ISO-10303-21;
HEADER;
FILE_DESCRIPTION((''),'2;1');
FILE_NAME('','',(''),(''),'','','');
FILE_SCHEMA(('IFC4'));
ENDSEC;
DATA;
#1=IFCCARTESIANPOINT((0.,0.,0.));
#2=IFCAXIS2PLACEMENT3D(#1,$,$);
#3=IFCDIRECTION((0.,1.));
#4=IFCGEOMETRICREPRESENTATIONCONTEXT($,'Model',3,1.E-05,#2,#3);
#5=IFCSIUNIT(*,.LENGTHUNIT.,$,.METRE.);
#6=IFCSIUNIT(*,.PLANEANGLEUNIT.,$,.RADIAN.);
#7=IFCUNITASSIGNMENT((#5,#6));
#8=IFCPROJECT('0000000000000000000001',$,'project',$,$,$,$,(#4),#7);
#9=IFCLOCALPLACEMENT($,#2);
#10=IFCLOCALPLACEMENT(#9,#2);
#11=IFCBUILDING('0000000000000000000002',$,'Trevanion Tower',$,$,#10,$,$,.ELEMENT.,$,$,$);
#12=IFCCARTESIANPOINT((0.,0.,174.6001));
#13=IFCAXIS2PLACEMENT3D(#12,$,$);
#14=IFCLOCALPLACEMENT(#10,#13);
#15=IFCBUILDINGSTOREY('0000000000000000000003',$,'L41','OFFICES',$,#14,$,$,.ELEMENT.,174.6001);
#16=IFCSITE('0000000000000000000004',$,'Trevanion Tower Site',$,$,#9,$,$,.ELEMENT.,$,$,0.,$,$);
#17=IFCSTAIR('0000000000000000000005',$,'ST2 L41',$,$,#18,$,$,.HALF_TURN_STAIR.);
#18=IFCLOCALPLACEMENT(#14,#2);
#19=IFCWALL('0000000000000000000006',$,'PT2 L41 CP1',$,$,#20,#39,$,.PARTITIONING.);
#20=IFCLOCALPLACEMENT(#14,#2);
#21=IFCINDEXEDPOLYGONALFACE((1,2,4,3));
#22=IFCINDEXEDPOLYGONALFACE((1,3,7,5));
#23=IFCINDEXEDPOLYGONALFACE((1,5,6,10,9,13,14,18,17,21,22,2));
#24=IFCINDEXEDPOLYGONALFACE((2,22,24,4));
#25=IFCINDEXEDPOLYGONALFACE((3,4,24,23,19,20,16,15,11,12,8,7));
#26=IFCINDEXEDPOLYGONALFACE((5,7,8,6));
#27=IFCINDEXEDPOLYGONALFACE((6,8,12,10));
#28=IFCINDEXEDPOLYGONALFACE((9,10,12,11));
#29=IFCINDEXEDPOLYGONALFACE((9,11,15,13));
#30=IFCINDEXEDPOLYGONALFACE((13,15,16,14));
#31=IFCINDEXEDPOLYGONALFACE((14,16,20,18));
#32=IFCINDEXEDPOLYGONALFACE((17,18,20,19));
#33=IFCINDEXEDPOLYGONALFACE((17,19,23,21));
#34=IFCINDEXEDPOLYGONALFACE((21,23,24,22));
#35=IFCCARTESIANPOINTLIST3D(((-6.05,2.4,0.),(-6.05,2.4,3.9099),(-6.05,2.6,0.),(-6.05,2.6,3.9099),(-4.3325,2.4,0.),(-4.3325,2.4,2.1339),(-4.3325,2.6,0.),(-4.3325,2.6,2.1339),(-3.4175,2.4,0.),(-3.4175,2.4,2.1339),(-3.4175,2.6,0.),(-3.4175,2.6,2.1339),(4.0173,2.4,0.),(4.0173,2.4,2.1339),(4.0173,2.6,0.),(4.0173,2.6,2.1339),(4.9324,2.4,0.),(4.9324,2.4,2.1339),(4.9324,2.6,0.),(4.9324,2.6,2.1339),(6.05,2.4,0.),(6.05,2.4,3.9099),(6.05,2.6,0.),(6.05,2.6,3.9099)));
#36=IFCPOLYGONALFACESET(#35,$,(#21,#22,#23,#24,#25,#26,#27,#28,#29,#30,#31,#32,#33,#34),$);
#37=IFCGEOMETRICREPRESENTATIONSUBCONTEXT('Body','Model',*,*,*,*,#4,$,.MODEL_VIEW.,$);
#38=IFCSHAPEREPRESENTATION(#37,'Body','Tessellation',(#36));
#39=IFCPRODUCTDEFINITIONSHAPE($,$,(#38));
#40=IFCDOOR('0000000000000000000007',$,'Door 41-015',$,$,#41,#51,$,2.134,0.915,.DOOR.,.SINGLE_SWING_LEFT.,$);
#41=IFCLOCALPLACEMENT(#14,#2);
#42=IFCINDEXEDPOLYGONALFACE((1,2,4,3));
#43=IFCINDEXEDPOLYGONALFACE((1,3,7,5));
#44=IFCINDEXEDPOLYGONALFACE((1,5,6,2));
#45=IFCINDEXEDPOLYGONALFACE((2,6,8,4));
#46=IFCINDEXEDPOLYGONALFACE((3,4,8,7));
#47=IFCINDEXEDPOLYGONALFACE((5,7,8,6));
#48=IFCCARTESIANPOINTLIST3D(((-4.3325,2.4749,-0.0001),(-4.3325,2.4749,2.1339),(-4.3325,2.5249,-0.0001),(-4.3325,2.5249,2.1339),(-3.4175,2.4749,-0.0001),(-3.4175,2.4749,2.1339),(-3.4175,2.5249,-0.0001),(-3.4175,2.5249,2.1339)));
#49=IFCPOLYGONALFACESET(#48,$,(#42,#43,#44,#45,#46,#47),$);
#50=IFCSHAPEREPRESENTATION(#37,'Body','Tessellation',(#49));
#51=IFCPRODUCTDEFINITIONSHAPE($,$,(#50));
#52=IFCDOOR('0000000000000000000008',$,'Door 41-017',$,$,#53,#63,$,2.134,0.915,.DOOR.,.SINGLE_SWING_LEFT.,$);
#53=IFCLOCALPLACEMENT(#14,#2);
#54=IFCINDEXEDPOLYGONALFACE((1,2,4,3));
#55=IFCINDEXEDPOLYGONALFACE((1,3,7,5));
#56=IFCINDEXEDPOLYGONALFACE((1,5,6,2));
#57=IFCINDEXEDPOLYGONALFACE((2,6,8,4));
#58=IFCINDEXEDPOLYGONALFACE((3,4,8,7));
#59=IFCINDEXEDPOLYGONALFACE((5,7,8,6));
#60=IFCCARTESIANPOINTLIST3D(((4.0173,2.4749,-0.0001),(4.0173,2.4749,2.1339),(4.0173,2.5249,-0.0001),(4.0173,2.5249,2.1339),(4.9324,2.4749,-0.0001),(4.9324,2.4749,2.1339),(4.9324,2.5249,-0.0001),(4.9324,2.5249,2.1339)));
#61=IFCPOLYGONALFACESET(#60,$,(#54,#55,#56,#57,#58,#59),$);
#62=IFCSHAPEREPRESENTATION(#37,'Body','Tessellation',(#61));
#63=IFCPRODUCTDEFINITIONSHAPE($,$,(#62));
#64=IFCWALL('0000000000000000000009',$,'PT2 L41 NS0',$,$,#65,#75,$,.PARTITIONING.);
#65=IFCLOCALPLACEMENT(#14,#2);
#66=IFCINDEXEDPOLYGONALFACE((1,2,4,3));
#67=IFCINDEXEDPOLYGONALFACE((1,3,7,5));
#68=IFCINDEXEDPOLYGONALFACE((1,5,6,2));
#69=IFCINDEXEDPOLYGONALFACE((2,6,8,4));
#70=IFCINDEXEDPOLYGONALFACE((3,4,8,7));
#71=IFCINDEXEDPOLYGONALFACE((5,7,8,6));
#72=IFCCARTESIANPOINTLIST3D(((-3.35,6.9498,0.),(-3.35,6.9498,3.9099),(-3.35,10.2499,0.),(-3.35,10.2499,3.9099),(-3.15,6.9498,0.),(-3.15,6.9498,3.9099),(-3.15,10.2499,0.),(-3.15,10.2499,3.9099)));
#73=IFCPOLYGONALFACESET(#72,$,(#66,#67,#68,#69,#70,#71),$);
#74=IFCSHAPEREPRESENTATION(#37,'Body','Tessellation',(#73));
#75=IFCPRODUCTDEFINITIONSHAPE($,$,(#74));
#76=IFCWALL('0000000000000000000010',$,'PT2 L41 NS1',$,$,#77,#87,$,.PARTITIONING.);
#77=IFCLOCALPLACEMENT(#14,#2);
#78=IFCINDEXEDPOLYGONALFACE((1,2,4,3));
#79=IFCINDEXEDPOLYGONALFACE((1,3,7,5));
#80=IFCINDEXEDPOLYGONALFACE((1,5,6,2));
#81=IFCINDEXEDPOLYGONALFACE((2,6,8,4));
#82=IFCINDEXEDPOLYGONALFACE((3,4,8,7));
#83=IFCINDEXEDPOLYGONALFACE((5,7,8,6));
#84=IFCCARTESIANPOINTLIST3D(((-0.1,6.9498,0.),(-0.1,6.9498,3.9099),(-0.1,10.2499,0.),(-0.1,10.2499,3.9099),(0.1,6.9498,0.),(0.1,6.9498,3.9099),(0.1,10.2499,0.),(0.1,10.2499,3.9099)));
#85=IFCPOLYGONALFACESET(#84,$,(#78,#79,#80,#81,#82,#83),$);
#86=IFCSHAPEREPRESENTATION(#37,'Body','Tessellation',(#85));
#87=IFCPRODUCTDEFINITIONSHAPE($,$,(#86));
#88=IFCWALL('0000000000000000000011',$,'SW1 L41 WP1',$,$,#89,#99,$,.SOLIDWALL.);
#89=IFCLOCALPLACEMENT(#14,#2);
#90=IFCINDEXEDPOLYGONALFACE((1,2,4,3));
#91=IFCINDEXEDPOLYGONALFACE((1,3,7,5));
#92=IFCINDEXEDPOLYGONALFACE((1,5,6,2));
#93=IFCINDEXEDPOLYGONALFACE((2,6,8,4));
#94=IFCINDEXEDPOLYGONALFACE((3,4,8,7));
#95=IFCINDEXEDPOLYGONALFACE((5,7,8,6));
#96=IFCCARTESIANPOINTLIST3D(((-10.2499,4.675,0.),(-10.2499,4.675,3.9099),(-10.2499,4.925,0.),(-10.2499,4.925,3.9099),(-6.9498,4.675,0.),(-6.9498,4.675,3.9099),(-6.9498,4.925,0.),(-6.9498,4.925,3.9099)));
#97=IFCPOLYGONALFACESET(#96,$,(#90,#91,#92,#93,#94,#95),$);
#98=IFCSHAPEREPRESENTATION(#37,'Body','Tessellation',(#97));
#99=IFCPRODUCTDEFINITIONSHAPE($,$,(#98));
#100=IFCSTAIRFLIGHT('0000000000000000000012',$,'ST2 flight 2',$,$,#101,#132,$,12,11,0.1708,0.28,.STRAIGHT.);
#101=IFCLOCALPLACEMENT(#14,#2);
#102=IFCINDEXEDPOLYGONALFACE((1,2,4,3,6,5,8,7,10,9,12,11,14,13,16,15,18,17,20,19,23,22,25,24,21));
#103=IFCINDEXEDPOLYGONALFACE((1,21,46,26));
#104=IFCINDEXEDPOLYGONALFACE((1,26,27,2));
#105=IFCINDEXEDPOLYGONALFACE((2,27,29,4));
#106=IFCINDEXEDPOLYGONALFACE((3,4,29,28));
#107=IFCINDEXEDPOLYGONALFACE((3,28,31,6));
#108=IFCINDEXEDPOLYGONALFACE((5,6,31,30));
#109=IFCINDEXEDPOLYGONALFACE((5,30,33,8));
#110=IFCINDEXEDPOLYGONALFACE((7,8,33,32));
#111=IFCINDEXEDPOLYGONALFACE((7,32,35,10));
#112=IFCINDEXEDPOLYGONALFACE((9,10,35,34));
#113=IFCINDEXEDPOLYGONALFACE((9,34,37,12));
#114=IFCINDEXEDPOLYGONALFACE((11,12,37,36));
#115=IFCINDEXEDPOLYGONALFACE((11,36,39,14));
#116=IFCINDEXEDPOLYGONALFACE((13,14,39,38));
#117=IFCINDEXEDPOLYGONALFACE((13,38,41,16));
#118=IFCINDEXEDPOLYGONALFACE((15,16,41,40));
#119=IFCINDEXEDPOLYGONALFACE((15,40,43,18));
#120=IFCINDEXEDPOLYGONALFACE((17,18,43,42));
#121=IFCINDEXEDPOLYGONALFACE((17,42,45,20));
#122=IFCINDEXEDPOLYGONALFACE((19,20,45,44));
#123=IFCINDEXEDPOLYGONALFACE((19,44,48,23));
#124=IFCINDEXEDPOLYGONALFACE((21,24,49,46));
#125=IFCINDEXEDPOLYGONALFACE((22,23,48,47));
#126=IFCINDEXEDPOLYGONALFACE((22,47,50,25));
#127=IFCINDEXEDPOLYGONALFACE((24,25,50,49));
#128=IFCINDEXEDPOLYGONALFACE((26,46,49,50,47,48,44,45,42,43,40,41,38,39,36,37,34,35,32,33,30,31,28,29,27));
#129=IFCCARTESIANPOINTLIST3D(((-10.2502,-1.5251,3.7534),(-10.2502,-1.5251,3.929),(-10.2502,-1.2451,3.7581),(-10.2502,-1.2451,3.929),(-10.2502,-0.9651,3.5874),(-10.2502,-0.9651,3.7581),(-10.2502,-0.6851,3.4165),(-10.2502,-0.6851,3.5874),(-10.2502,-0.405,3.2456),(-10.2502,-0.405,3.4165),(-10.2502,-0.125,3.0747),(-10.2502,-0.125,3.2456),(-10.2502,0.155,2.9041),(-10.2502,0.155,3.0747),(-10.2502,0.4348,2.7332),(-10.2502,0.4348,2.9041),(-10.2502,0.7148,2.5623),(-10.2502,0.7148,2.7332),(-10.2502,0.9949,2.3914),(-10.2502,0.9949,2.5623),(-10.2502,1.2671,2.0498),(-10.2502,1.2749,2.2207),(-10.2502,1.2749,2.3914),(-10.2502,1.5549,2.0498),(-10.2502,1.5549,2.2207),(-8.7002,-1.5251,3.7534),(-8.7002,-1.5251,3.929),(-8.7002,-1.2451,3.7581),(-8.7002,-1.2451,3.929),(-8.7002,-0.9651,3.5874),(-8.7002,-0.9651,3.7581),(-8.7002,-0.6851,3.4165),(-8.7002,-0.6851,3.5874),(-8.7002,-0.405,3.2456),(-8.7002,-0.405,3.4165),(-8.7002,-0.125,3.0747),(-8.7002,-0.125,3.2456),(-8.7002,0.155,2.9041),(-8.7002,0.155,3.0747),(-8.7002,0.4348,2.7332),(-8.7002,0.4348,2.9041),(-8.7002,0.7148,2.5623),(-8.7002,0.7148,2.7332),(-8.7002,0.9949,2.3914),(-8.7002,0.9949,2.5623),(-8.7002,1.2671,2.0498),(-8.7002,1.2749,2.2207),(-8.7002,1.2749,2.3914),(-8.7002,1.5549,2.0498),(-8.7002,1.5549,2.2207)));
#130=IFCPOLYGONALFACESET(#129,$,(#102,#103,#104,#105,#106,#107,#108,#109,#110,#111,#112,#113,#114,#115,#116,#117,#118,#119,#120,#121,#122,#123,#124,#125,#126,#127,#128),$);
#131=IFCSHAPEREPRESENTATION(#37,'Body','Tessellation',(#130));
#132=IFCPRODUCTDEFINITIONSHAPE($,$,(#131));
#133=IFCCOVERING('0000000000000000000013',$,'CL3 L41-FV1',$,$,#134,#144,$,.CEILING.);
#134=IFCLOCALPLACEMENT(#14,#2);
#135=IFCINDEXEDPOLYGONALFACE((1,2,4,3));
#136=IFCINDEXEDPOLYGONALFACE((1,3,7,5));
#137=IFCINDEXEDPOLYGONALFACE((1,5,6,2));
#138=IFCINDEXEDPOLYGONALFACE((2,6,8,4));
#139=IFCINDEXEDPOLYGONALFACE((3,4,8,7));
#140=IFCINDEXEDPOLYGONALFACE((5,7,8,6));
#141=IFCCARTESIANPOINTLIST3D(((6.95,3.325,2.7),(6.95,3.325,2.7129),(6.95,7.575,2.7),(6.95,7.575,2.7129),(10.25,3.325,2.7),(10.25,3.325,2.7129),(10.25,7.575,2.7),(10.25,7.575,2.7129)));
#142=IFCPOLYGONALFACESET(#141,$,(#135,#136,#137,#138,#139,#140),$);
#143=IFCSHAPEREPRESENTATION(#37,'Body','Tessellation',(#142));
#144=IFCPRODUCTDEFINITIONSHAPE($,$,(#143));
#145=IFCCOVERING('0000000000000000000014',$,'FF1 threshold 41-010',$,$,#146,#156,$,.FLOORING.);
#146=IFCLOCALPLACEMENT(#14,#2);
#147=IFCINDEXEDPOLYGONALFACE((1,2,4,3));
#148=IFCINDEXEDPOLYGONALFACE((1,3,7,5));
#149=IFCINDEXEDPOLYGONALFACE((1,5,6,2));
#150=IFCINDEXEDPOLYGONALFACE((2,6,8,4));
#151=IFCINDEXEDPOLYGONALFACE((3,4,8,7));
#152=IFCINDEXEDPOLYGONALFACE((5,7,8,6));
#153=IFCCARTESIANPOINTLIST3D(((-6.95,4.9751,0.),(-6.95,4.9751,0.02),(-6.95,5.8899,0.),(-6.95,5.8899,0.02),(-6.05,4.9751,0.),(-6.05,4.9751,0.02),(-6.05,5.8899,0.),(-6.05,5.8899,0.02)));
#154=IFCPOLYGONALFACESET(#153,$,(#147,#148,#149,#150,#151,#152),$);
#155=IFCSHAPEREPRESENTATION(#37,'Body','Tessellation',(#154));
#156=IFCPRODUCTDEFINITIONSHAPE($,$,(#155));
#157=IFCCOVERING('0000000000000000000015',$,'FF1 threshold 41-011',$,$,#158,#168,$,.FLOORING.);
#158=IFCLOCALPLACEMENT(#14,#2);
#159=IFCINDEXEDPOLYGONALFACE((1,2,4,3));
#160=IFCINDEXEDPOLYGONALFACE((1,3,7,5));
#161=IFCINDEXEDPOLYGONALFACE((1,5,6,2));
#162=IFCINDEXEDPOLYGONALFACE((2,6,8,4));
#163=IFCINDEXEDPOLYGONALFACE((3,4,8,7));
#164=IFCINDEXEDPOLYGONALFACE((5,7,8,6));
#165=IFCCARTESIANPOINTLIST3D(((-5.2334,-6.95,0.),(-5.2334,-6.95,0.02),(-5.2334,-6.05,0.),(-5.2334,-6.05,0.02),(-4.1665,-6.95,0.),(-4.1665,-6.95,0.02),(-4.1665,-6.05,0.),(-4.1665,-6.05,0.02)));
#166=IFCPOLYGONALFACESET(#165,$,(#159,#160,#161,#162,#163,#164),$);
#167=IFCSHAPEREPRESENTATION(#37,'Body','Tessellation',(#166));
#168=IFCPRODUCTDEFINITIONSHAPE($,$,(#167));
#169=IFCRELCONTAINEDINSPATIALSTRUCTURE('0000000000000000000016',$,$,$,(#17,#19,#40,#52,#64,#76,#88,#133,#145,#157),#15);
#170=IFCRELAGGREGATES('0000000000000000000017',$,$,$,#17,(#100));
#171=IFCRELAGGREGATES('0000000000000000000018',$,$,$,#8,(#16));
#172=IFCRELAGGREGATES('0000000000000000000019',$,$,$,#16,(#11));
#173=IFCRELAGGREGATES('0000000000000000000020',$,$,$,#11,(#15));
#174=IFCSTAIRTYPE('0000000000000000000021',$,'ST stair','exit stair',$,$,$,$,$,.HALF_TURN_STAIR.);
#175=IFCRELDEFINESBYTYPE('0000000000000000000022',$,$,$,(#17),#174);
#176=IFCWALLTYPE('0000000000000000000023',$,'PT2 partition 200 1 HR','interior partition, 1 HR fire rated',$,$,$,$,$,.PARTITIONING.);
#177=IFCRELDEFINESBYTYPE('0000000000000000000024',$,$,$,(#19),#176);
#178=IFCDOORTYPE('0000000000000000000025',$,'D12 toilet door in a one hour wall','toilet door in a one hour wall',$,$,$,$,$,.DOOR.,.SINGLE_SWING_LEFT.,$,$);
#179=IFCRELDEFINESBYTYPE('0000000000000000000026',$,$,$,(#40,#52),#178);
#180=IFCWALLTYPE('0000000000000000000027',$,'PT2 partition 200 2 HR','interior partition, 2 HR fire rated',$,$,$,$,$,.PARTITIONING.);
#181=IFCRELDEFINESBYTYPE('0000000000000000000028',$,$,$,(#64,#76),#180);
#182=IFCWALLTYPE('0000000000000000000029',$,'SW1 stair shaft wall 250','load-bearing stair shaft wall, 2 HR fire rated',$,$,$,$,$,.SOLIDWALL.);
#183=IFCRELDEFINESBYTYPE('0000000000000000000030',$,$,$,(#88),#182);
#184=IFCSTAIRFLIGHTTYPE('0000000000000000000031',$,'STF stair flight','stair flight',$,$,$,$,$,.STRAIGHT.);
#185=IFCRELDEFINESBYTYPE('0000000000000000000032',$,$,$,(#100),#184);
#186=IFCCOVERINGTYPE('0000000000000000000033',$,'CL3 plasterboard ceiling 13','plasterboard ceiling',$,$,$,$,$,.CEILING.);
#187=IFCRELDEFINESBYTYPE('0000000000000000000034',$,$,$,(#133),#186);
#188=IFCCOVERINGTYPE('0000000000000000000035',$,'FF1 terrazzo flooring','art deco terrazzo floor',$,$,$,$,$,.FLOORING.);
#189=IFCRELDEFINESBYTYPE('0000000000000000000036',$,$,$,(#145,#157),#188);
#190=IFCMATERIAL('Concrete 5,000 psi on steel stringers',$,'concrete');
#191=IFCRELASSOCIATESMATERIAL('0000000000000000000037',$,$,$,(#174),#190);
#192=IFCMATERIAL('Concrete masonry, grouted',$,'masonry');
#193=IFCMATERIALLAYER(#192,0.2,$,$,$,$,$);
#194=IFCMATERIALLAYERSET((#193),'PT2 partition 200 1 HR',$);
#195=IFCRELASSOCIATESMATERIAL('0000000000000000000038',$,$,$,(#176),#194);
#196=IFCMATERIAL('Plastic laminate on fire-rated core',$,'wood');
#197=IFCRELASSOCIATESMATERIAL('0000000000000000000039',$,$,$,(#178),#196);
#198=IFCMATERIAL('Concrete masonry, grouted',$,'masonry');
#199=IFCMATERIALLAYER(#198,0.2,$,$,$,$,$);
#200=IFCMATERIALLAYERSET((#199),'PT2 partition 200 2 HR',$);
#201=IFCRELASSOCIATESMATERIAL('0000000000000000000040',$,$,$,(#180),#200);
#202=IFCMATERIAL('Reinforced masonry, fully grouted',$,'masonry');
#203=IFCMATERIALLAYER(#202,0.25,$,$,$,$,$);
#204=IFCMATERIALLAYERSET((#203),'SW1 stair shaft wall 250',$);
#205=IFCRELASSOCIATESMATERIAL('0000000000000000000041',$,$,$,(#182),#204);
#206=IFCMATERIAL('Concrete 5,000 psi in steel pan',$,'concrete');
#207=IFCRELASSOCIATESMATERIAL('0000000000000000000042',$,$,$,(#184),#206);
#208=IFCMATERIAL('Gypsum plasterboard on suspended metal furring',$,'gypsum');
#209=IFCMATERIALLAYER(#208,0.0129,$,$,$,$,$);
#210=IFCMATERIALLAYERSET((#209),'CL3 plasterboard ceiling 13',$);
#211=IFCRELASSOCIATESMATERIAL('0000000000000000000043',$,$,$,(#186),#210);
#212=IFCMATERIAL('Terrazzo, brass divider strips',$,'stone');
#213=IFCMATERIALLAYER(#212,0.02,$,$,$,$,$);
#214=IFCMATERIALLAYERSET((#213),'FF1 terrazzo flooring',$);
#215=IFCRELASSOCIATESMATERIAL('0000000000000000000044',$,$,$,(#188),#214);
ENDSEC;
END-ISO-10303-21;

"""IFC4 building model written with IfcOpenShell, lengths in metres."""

from ifc_helpers import new_model, si_unit, direction, frame, frame_2d, origin, place, context, subcontext, project, spatial, polyline, rectangle, outline, extrude, material, layer, layer_set, type_object, element, fill, aggregate, save


model = new_model("IFC4")

# Units and contexts
model_context = context("Model", 3, precision=1e-05, world=origin(), true_north=direction((0.0, 1.0)))
body_context = subcontext(model_context, "Body", "Model", "MODEL_VIEW")
ifc_project = project(units=[si_unit("LENGTHUNIT", "METRE"), si_unit("PLANEANGLEUNIT", "RADIAN")], contexts=[model_context])

# Site, building, storey
site_placement = place(None, origin())
site = spatial("IfcSite", under=ifc_project, at=site_placement, Name="Trevanion Tower Site", CompositionType="ELEMENT", RefElevation=0.0)
building_placement = place(site_placement, origin())
building = spatial("IfcBuilding", under=site, at=building_placement, Name="Trevanion Tower", CompositionType="ELEMENT")
storey_placement = place(building_placement, frame((0.0, 0.0, 174.6001)))
storey = spatial("IfcBuildingStorey", under=building, at=storey_placement, Name="L41", Description="OFFICES", CompositionType="ELEMENT", Elevation=174.6001)

# Stair
ifc_material_1 = material(Name="Concrete 5,000 psi on steel stringers", Category="concrete")
stair_type = type_object("IfcStairType", Name="ST stair", Description="exit stair", PredefinedType="HALF_TURN_STAIR", material=ifc_material_1)
stair_1_placement = place(storey_placement, origin())
stair_1 = element("IfcStair", 1, at=stair_1_placement, inside=storey, type_object=stair_type, Name="ST2 L41", PredefinedType="HALF_TURN_STAIR")

# Wall, openings, doors
ifc_material_2 = material(Name="Concrete masonry, grouted", Category="masonry")
ifc_layer_1 = layer(ifc_material_2, 0.2)
ifc_layer_set_1 = layer_set([ifc_layer_1], Name="PT2 partition 200 1 HR")
wall_type_1 = type_object("IfcWallType", Name="PT2 partition 200 1 HR", Description="interior partition, 1 HR fire rated", PredefinedType="PARTITIONING", material=ifc_layer_set_1)
wall_1_placement = place(storey_placement, frame((-6.05, 2.5, 0.0), z_axis=(0.0, 0.0, 1.0), x_axis=(1.0, 0.0, 0.0)))
wall_1 = element("IfcWall", 2, at=wall_1_placement, inside=storey, type_object=wall_type_1, Name="PT2 L41 CP1", PredefinedType="PARTITIONING", context=body_context, shape_type="SweptSolid", body=[
    extrude(rectangle(XDim=12.1001, YDim=0.2, at=frame_2d((6.05, 0.0))), origin(), (0.0, 0.0, 1.0), 3.9099),
])
opening_1_placement = place(wall_1_placement, frame((1.7175, 0.0, 0.0)))
opening_1 = element("IfcOpeningElement", 3, at=opening_1_placement, cuts=wall_1, PredefinedType="OPENING", context=body_context, shape_type="SweptSolid", body=[
    extrude(rectangle(XDim=0.915, YDim=2.134, at=frame_2d((0.4575, 1.0669))), frame((0.0, 0.1099, 0.0), z_axis=(0.0, -1.0, 0.0), x_axis=(1.0, 0.0, 0.0)), (0.0, 0.0, 1.0), 0.22),
])
opening_2_placement = place(wall_1_placement, frame((10.0674, 0.0, 0.0)))
opening_2 = element("IfcOpeningElement", 4, at=opening_2_placement, cuts=wall_1, PredefinedType="OPENING", context=body_context, shape_type="SweptSolid", body=[
    extrude(rectangle(XDim=0.915, YDim=2.134, at=frame_2d((0.4575, 1.0669))), frame((0.0, 0.1099, 0.0), z_axis=(0.0, -1.0, 0.0), x_axis=(1.0, 0.0, 0.0)), (0.0, 0.0, 1.0), 0.22),
])
ifc_material_3 = material(Name="Plastic laminate on fire-rated core", Category="wood")
door_type_1 = type_object("IfcDoorType", Name="D12 toilet door in a one hour wall", Description="toilet door in a one hour wall", OperationType="SINGLE_SWING_LEFT", PredefinedType="DOOR", material=ifc_material_3)
door_1_placement = place(opening_1_placement, origin())
door_1 = element("IfcDoor", 5, at=door_1_placement, inside=storey, type_object=door_type_1, Name="Door 41-015", OperationType="SINGLE_SWING_LEFT", OverallHeight=2.134, OverallWidth=0.915, PredefinedType="DOOR", context=body_context, shape_type="SweptSolid", body=[
    extrude(rectangle(XDim=0.915, YDim=2.134, at=frame_2d((0.4575, 1.0669))), frame((0.0, 0.0249, 0.0), z_axis=(0.0, -1.0, 0.0), x_axis=(1.0, 0.0, 0.0)), (0.0, 0.0, 1.0), 0.05),
])
fill(opening_1, door_1)
door_2_placement = place(opening_2_placement, origin())
door_2 = element("IfcDoor", 6, at=door_2_placement, inside=storey, type_object=door_type_1, Name="Door 41-017", OperationType="SINGLE_SWING_LEFT", OverallHeight=2.134, OverallWidth=0.915, PredefinedType="DOOR", context=body_context, shape_type="SweptSolid", body=[
    extrude(rectangle(XDim=0.915, YDim=2.134, at=frame_2d((0.4575, 1.0669))), frame((0.0, 0.0249, 0.0), z_axis=(0.0, -1.0, 0.0), x_axis=(1.0, 0.0, 0.0)), (0.0, 0.0, 1.0), 0.05),
])
fill(opening_2, door_2)

# Walls
ifc_material_4 = material(Name="Concrete masonry, grouted", Category="masonry")
ifc_layer_2 = layer(ifc_material_4, 0.2)
ifc_layer_set_2 = layer_set([ifc_layer_2], Name="PT2 partition 200 2 HR")
wall_type_2 = type_object("IfcWallType", Name="PT2 partition 200 2 HR", Description="interior partition, 2 HR fire rated", PredefinedType="PARTITIONING", material=ifc_layer_set_2)
for number, where, z_axis, x_axis, name in (
    (7, (-3.25, 6.95, 0.0), (0.0, 0.0, 1.0), (0.0, 1.0, 0.0), "PT2 L41 NS0"),
    (8, (0.0, 6.95, 0.0), (0.0, 0.0, 1.0), (0.0, 1.0, 0.0), "PT2 L41 NS1"),
):
    element("IfcWall", number, at=place(storey_placement, frame(where, z_axis=z_axis, x_axis=x_axis)), inside=storey, type_object=wall_type_2, Name=name, PredefinedType="PARTITIONING", context=body_context, shape_type="SweptSolid", body=[
        extrude(rectangle(XDim=3.3, YDim=0.2, at=frame_2d((1.6499, 0.0))), origin(), (0.0, 0.0, 1.0), 3.9099),
    ])
ifc_material_5 = material(Name="Reinforced masonry, fully grouted", Category="masonry")
ifc_layer_3 = layer(ifc_material_5, 0.25)
ifc_layer_set_3 = layer_set([ifc_layer_3], Name="SW1 stair shaft wall 250")
wall_type_3 = type_object("IfcWallType", Name="SW1 stair shaft wall 250", Description="load-bearing stair shaft wall, 2 HR fire rated", PredefinedType="SOLIDWALL", material=ifc_layer_set_3)
wall_2_placement = place(storey_placement, frame((-6.95, 4.8, 0.0), z_axis=(0.0, 0.0, 1.0), x_axis=(-1.0, 0.0, 0.0)))
element("IfcWall", 9, at=wall_2_placement, inside=storey, type_object=wall_type_3, Name="SW1 L41 WP1", PredefinedType="SOLIDWALL", context=body_context, shape_type="SweptSolid", body=[
    extrude(rectangle(XDim=3.3, YDim=0.25, at=frame_2d((1.6499, 0.0))), origin(), (0.0, 0.0, 1.0), 3.9099),
])

# Stair flight
ifc_material_6 = material(Name="Concrete 5,000 psi in steel pan", Category="concrete")
stair_flight_type = type_object("IfcStairFlightType", Name="STF stair flight", Description="stair flight", PredefinedType="STRAIGHT", material=ifc_material_6)
stair_flight_placement = place(storey_placement, frame((-9.4751, 1.5549, 2.0498), z_axis=(0.0, 0.0, 1.0), x_axis=(0.0, -1.0, 0.0)))
stair_flight = element("IfcStairFlight", 10, at=stair_flight_placement, type_object=stair_flight_type, Name="ST2 flight 2", NumberOfRisers=12, NumberOfTreads=11, PredefinedType="STRAIGHT", RiserHeight=0.1708, TreadLength=0.28, context=body_context, shape_type="SweptSolid", body=[
    extrude(outline(polyline([(0.0, 0.0), (0.0, 0.1709), (0.28, 0.1709), (0.28, 0.3416), (0.5601, 0.3416), (0.5601, 0.5125), (0.8401, 0.5125), (0.8401, 0.6833), (1.1201, 0.6833), (1.1201, 0.8542), (1.3999, 0.8542), (1.3999, 1.0249), (1.6799, 1.0249), (1.6799, 1.1958), (1.96, 1.1958), (1.96, 1.3667), (2.24, 1.3667), (2.24, 1.5376), (2.52, 1.5376), (2.52, 1.7083), (2.8, 1.7083), (2.8, 1.8792), (3.0801, 1.8792), (3.0801, 2.05), (3.0801, 1.7036), (0.2878, 0.0), (0.0, 0.0)])), frame((0.0, 0.7749, 0.0), z_axis=(0.0, -1.0, 0.0), x_axis=(1.0, 0.0, 0.0)), (0.0, 0.0, 1.0), 1.55),
])
aggregate(stair_1, [stair_flight])

# Coverings
ifc_material_7 = material(Name="Gypsum plasterboard on suspended metal furring", Category="gypsum")
ifc_layer_4 = layer(ifc_material_7, 0.0129)
ifc_layer_set_4 = layer_set([ifc_layer_4], Name="CL3 plasterboard ceiling 13")
covering_type_1 = type_object("IfcCoveringType", Name="CL3 plasterboard ceiling 13", Description="plasterboard ceiling", PredefinedType="CEILING", material=ifc_layer_set_4)
covering_1_placement = place(storey_placement, frame((0.0, 0.0, 2.7)))
element("IfcCovering", 11, at=covering_1_placement, inside=storey, type_object=covering_type_1, Name="CL3 L41-FV1", PredefinedType="CEILING", context=body_context, shape_type="SweptSolid", body=[
    extrude(outline(polyline([(10.25, 3.325), (10.25, 7.575), (6.95, 7.575), (6.95, 3.325), (10.25, 3.325)])), origin(), (0.0, 0.0, 1.0), 0.0129),
])
ifc_material_8 = material(Name="Terrazzo, brass divider strips", Category="stone")
ifc_layer_5 = layer(ifc_material_8, 0.02)
ifc_layer_set_5 = layer_set([ifc_layer_5], Name="FF1 terrazzo flooring")
covering_type_2 = type_object("IfcCoveringType", Name="FF1 terrazzo flooring", Description="art deco terrazzo floor", PredefinedType="FLOORING", material=ifc_layer_set_5)
covering_2_placement = place(storey_placement, origin())
element("IfcCovering", 12, at=covering_2_placement, inside=storey, type_object=covering_type_2, Name="FF1 threshold 41-010", PredefinedType="FLOORING", context=body_context, shape_type="SweptSolid", body=[
    extrude(outline(polyline([(-6.95, 5.8899), (-6.95, 4.9751), (-6.05, 4.9751), (-6.05, 5.8899), (-6.95, 5.8899)])), origin(), (0.0, 0.0, 1.0), 0.02),
])
covering_3_placement = place(storey_placement, origin())
element("IfcCovering", 13, at=covering_3_placement, inside=storey, type_object=covering_type_2, Name="FF1 threshold 41-011", PredefinedType="FLOORING", context=body_context, shape_type="SweptSolid", body=[
    extrude(outline(polyline([(-5.2334, -6.95), (-4.1665, -6.95), (-4.1665, -6.05), (-5.2334, -6.05), (-5.2334, -6.95)])), origin(), (0.0, 0.0, 1.0), 0.02),
])

save(model, "model.ifc")
